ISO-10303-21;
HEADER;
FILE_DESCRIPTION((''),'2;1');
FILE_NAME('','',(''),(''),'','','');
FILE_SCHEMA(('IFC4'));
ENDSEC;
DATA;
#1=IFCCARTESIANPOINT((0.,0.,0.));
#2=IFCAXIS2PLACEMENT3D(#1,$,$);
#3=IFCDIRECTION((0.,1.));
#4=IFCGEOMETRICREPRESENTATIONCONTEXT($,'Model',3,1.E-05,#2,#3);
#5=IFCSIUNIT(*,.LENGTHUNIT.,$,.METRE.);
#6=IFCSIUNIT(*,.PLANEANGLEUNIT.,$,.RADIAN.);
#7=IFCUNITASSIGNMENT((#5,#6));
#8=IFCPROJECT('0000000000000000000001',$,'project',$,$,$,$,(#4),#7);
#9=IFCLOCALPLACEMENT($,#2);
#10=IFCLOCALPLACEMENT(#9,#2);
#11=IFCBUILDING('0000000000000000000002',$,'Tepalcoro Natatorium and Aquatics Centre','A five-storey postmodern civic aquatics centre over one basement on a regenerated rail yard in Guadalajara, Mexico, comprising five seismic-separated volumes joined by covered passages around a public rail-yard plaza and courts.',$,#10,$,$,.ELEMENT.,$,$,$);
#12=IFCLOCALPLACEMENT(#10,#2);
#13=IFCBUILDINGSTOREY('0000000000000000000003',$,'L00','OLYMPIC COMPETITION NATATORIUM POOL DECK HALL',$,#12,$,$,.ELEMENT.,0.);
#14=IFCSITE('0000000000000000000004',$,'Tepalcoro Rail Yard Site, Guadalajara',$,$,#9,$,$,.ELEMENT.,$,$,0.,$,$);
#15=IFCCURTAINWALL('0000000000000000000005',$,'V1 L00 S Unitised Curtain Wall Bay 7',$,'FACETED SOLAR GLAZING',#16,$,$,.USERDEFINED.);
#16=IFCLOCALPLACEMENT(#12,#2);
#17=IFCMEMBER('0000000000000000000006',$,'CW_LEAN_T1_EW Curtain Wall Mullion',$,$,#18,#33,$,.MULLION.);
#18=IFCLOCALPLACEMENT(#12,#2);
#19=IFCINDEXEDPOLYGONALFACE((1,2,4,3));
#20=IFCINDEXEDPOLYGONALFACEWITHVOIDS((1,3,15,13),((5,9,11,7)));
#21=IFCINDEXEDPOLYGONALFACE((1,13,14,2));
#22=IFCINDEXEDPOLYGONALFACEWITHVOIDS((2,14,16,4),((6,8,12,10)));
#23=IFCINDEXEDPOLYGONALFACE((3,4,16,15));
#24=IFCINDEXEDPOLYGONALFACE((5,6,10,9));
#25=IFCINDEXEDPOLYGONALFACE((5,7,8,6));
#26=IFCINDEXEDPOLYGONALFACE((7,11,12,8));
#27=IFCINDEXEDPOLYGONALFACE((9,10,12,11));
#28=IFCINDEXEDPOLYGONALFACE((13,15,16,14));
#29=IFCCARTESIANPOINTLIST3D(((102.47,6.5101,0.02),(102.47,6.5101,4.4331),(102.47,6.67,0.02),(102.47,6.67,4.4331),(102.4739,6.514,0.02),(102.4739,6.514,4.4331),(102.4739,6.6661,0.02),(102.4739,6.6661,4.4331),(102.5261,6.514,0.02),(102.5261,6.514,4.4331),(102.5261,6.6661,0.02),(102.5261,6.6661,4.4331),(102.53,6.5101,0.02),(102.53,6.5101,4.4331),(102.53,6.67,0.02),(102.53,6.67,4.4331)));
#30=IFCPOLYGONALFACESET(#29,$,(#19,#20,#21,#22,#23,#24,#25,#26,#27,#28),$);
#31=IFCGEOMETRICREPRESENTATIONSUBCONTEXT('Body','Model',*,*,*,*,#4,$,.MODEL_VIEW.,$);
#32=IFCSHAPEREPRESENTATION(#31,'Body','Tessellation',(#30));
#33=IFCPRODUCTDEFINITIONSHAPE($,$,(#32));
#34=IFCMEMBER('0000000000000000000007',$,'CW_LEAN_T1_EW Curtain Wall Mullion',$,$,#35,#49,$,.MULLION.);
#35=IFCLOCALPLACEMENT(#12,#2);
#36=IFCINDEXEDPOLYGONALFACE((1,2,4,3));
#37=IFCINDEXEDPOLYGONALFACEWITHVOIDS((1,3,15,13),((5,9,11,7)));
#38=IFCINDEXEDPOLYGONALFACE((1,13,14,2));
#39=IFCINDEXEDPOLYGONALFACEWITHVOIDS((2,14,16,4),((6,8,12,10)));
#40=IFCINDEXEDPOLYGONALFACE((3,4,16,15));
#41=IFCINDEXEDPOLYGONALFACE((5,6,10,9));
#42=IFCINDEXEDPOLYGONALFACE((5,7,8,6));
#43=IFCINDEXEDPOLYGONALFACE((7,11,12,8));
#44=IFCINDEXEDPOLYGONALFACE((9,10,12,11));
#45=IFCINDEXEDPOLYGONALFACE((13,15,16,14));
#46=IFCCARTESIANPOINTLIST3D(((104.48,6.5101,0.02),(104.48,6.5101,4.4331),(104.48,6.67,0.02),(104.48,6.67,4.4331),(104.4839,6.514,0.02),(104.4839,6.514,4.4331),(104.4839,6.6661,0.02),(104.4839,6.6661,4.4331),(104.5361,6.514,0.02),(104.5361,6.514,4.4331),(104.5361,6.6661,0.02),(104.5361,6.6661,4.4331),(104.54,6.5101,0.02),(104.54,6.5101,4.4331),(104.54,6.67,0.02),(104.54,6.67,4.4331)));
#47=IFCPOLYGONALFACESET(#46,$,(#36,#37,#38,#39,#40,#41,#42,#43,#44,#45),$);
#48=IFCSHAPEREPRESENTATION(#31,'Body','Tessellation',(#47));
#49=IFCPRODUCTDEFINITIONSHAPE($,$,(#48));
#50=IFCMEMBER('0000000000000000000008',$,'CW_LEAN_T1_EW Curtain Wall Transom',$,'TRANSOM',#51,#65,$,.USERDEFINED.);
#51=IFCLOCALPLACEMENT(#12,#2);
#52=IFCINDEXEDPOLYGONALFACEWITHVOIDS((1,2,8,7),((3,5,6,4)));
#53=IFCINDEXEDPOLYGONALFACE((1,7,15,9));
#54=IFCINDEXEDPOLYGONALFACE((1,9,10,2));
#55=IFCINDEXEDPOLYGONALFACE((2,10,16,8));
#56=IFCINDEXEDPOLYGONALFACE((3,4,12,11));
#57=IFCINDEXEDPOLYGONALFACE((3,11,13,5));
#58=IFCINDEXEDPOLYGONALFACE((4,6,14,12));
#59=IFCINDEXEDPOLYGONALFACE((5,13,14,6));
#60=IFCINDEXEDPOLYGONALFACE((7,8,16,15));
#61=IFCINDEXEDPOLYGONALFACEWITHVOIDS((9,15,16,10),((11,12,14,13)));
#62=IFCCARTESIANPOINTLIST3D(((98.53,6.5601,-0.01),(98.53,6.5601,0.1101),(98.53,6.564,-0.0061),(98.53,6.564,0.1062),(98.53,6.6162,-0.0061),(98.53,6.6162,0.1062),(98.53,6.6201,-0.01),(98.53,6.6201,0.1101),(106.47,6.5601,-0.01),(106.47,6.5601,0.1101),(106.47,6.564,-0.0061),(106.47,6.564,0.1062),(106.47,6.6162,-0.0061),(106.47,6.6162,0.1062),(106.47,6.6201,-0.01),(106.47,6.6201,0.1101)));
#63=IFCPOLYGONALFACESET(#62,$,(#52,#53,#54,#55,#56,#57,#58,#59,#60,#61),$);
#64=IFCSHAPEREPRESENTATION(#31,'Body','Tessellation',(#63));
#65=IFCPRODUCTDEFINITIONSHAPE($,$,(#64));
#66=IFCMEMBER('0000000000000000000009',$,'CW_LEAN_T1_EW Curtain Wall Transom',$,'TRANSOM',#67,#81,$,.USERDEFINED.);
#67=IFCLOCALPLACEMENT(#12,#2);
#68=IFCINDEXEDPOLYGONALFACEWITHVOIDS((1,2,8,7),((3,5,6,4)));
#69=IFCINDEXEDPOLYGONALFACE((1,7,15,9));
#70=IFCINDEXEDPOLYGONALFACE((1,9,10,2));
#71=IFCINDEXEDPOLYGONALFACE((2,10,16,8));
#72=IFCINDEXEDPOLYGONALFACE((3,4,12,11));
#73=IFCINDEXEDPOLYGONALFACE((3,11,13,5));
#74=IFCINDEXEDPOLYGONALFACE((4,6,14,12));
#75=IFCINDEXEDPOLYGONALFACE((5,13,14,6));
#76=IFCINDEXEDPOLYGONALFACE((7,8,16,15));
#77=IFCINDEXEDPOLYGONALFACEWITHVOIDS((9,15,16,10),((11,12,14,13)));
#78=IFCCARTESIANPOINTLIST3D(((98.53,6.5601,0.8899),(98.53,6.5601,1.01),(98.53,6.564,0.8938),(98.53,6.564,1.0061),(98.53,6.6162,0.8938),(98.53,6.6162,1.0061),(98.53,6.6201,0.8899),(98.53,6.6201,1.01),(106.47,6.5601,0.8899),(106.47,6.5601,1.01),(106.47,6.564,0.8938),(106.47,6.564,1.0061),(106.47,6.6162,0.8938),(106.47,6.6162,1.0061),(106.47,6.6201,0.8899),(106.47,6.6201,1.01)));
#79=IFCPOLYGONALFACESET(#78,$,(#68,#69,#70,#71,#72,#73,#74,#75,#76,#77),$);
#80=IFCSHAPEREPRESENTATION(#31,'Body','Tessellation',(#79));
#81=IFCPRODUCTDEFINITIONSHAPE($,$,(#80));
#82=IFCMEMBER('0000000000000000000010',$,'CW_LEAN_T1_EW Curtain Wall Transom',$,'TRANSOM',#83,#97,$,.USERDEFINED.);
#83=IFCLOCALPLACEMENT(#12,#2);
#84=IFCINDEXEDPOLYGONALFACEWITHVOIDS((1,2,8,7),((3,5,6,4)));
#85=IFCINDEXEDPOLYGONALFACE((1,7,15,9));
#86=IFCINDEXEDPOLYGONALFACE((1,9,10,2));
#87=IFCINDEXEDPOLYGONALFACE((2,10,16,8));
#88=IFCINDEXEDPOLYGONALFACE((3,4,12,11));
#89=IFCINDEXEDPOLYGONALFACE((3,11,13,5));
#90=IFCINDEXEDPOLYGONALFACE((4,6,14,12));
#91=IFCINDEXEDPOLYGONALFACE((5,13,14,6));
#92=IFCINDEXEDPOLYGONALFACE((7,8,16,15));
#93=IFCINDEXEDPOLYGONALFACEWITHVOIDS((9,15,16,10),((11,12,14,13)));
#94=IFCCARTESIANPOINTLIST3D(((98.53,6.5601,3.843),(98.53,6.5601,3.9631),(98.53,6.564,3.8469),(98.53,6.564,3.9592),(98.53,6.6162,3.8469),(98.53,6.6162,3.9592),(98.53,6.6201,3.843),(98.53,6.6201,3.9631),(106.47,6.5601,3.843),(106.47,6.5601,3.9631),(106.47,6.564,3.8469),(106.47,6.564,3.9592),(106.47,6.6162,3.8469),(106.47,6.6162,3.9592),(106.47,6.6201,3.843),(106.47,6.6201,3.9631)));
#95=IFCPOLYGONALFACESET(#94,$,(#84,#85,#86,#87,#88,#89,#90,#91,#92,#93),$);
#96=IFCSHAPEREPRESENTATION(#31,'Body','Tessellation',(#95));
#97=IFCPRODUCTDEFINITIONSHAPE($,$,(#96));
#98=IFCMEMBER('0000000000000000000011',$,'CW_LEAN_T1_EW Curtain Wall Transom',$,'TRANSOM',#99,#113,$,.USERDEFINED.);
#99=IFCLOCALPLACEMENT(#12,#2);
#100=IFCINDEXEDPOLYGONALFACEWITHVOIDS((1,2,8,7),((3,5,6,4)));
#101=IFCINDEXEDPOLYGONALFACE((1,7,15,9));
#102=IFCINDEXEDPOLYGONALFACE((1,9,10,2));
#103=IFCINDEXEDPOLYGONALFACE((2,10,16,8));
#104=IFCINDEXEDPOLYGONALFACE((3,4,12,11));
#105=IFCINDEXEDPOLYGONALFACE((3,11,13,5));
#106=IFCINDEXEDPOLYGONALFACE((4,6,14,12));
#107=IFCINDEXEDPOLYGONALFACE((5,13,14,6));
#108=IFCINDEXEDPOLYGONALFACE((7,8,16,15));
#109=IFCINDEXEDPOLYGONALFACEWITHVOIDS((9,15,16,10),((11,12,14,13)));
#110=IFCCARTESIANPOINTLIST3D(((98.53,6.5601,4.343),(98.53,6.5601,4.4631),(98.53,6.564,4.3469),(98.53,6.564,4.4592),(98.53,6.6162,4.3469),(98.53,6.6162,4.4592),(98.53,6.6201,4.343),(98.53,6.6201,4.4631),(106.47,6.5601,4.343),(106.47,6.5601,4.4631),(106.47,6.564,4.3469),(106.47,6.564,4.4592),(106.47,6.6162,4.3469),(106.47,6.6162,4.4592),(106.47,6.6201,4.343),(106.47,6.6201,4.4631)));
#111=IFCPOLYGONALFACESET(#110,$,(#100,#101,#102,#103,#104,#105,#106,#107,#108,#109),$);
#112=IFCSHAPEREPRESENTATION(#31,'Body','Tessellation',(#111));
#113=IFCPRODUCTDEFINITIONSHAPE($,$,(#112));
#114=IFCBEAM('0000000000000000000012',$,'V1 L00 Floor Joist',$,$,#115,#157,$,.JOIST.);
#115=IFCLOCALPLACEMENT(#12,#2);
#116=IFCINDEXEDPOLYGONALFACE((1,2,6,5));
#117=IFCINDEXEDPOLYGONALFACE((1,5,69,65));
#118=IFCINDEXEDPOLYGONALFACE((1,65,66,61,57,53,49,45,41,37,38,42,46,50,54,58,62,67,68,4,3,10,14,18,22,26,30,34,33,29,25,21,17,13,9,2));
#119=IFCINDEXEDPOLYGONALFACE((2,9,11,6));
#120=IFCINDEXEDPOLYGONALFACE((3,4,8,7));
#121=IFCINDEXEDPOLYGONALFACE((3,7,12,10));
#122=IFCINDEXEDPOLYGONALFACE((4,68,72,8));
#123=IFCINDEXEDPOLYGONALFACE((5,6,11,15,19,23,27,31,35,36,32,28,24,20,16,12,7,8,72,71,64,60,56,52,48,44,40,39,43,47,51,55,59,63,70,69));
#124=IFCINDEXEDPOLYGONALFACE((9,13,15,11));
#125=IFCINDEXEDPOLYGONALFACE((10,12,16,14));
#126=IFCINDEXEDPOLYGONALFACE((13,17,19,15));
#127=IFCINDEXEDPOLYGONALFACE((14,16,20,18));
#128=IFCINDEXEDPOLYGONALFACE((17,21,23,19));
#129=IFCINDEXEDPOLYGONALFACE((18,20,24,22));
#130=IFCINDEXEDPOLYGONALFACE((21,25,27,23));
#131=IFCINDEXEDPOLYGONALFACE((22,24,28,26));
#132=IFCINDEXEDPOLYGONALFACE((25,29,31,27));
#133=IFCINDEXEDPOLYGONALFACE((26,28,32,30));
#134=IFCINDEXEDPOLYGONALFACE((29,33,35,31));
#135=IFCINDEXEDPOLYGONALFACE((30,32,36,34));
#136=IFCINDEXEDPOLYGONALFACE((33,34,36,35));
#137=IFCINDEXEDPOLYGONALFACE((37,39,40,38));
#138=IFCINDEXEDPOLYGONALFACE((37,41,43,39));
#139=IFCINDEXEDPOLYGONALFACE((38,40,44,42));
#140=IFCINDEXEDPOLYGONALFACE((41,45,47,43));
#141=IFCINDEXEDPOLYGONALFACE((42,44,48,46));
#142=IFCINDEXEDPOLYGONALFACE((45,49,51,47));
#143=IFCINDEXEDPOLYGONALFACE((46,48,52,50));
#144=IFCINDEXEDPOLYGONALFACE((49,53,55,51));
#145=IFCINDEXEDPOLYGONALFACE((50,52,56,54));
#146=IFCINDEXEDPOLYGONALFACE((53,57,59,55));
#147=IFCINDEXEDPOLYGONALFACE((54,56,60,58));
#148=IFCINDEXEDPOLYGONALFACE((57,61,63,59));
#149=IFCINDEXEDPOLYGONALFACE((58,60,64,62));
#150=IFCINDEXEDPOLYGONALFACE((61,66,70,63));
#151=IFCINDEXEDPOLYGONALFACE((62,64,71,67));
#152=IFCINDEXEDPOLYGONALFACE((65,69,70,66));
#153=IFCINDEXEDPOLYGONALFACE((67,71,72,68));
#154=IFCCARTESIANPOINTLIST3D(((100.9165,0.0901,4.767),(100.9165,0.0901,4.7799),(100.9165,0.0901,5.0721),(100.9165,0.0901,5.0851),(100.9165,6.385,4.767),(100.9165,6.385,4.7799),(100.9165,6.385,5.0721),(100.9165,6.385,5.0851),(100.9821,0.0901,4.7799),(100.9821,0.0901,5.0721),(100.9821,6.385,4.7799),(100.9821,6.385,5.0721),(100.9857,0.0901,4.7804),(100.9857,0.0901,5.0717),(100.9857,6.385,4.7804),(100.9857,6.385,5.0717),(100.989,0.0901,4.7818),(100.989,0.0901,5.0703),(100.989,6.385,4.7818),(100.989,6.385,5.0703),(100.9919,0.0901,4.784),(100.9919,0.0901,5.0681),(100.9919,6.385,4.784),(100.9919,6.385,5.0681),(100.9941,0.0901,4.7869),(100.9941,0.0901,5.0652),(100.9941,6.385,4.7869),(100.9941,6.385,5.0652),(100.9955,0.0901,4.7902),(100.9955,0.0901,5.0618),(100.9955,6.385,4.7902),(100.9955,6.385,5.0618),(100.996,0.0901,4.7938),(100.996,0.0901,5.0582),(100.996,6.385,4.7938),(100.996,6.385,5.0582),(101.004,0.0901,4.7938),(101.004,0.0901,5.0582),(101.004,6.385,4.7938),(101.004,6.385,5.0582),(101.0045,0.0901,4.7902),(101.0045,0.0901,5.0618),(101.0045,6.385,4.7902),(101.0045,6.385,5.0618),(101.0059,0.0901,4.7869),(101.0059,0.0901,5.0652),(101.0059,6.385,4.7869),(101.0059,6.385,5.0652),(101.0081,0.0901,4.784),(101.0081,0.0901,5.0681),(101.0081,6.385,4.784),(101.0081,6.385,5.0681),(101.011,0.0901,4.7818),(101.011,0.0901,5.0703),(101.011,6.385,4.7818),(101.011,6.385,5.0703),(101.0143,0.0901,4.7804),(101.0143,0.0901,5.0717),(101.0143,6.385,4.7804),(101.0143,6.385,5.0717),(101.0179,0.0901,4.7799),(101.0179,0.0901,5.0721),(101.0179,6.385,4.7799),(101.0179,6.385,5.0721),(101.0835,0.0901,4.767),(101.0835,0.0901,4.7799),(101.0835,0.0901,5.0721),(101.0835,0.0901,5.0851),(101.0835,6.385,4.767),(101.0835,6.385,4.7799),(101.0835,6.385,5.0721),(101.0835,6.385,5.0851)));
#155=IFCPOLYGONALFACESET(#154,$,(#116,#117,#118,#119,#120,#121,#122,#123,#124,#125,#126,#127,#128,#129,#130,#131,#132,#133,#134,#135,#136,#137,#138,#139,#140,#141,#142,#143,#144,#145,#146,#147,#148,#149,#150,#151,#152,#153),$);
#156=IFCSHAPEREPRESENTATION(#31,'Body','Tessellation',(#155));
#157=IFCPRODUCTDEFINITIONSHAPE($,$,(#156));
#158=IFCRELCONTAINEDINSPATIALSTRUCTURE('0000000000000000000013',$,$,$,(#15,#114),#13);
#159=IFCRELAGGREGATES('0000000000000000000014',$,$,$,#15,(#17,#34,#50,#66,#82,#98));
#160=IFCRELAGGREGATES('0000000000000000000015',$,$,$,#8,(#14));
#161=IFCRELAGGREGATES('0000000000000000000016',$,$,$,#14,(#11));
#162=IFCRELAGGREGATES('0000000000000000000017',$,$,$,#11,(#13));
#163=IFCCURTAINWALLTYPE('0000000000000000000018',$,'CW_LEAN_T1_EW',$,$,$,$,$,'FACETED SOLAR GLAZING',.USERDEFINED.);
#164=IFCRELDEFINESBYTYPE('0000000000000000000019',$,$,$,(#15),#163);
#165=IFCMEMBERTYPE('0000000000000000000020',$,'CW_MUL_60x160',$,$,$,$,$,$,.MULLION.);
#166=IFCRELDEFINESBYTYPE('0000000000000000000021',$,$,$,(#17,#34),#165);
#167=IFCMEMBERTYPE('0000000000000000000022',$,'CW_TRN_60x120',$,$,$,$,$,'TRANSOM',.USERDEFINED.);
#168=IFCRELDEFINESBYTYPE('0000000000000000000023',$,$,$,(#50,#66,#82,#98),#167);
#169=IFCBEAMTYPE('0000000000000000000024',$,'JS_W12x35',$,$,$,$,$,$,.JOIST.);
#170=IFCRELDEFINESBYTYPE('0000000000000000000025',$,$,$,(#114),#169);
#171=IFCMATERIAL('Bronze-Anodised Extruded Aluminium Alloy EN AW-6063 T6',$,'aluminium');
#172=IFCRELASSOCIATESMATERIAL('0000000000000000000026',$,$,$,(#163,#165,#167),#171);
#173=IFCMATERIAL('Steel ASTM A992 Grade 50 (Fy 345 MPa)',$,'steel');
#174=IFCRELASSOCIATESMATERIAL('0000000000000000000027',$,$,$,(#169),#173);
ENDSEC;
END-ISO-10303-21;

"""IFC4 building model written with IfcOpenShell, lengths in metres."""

from ifc_helpers import new_model, si_unit, direction, frame, origin, origin_2d, place, context, subcontext, project, spatial, hollow_rectangle, i_section, extrude, material, material_profile, profile_set, type_object, element, aggregate, save


model = new_model("IFC4")

# Units and contexts
model_context = context("Model", 3, precision=1e-05, world=origin(), true_north=direction((0.0, 1.0)))
body_context = subcontext(model_context, "Body", "Model", "MODEL_VIEW")
ifc_project = project(units=[si_unit("LENGTHUNIT", "METRE"), si_unit("PLANEANGLEUNIT", "RADIAN")], contexts=[model_context])

# Site, building, storey
site_placement = place(None, origin())
site = spatial("IfcSite", under=ifc_project, at=site_placement, Name="Tepalcoro Rail Yard Site, Guadalajara", CompositionType="ELEMENT", RefElevation=0.0)
building_placement = place(site_placement, origin())
building = spatial("IfcBuilding", under=site, at=building_placement, Name="Tepalcoro Natatorium and Aquatics Centre", Description="A five-storey postmodern civic aquatics centre over one basement on a regenerated rail yard in Guadalajara, Mexico, comprising five seismic-separated volumes joined by covered passages around a public rail-yard plaza and courts.", CompositionType="ELEMENT")
storey_placement = place(building_placement, origin())
storey = spatial("IfcBuildingStorey", under=building, at=storey_placement, Name="L00", Description="OLYMPIC COMPETITION NATATORIUM POOL DECK HALL", CompositionType="ELEMENT", Elevation=0.0)

# Shared definitions
ifc_material_1 = material(Name="Steel ASTM A992 Grade 50 (Fy 345 MPa)", Category="steel")

# Curtain wall, members
ifc_material_2 = material(Name="Bronze-Anodised Extruded Aluminium Alloy EN AW-6063 T6", Category="aluminium")
curtain_wall_type = type_object("IfcCurtainWallType", Name="CW_LEAN_T1_EW", ElementType="FACETED SOLAR GLAZING", PredefinedType="USERDEFINED", material=ifc_material_2)
curtain_wall_placement = place(storey_placement, origin())
curtain_wall = element("IfcCurtainWall", 1, at=curtain_wall_placement, inside=storey, type_object=curtain_wall_type, Name="V1 L00 S Unitised Curtain Wall Bay 7", ObjectType="FACETED SOLAR GLAZING", PredefinedType="USERDEFINED")
ifc_material_profile_1 = material_profile(ifc_material_2, hollow_rectangle(XDim=0.0601, YDim=0.1599, WallThickness=0.0039, at=origin_2d()), Name="AL60X160X4")
ifc_profile_set_1 = profile_set([ifc_material_profile_1], Name="Bronze-Anodised Extruded Aluminium Alloy EN AW-6063 T6")
member_type_1 = type_object("IfcMemberType", Name="CW_MUL_60x160", PredefinedType="MULLION", material=ifc_profile_set_1)
member_1_placement = place(storey_placement, frame((102.5, 6.5901, 0.02), z_axis=(0.0, 0.0, 1.0), x_axis=(1.0, 0.0, 0.0)))
member_1 = element("IfcMember", 2, at=member_1_placement, type_object=member_type_1, Name="CW_LEAN_T1_EW Curtain Wall Mullion", PredefinedType="MULLION", context=body_context, shape_type="SweptSolid", body=[
    extrude(hollow_rectangle(XDim=0.0601, YDim=0.1599, WallThickness=0.0039, at=origin_2d()), origin(), (0.0, 0.0, 1.0), 4.4131),
])
member_2_placement = place(storey_placement, frame((104.51, 6.5901, 0.02), z_axis=(0.0, 0.0, 1.0), x_axis=(1.0, 0.0, 0.0)))
member_2 = element("IfcMember", 3, at=member_2_placement, type_object=member_type_1, Name="CW_LEAN_T1_EW Curtain Wall Mullion", PredefinedType="MULLION", context=body_context, shape_type="SweptSolid", body=[
    extrude(hollow_rectangle(XDim=0.0601, YDim=0.1599, WallThickness=0.0039, at=origin_2d()), origin(), (0.0, 0.0, 1.0), 4.4131),
])
ifc_material_profile_2 = material_profile(ifc_material_2, hollow_rectangle(XDim=0.0601, YDim=0.1201, WallThickness=0.0039, at=origin_2d()), Name="AL60X120X4")
ifc_profile_set_2 = profile_set([ifc_material_profile_2], Name="Bronze-Anodised Extruded Aluminium Alloy EN AW-6063 T6")
member_type_2 = type_object("IfcMemberType", Name="CW_TRN_60x120", ElementType="TRANSOM", PredefinedType="USERDEFINED", material=ifc_profile_set_2)
member_3_placement = place(storey_placement, frame((98.53, 6.5901, 0.05), z_axis=(1.0, 0.0, 0.0), x_axis=(0.0, 1.0, 0.0)))
member_3 = element("IfcMember", 4, at=member_3_placement, type_object=member_type_2, Name="CW_LEAN_T1_EW Curtain Wall Transom", ObjectType="TRANSOM", PredefinedType="USERDEFINED", context=body_context, shape_type="SweptSolid", body=[
    extrude(hollow_rectangle(XDim=0.0601, YDim=0.1201, WallThickness=0.0039, at=origin_2d()), origin(), (0.0, 0.0, 1.0), 7.9399),
])
member_4_placement = place(storey_placement, frame((98.53, 6.5901, 0.95), z_axis=(1.0, 0.0, 0.0), x_axis=(0.0, 1.0, 0.0)))
member_4 = element("IfcMember", 5, at=member_4_placement, type_object=member_type_2, Name="CW_LEAN_T1_EW Curtain Wall Transom", ObjectType="TRANSOM", PredefinedType="USERDEFINED", context=body_context, shape_type="SweptSolid", body=[
    extrude(hollow_rectangle(XDim=0.0601, YDim=0.1201, WallThickness=0.0039, at=origin_2d()), origin(), (0.0, 0.0, 1.0), 7.9399),
])
member_5_placement = place(storey_placement, frame((98.53, 6.5901, 3.9031), z_axis=(1.0, 0.0, 0.0), x_axis=(0.0, 1.0, 0.0)))
member_5 = element("IfcMember", 6, at=member_5_placement, type_object=member_type_2, Name="CW_LEAN_T1_EW Curtain Wall Transom", ObjectType="TRANSOM", PredefinedType="USERDEFINED", context=body_context, shape_type="SweptSolid", body=[
    extrude(hollow_rectangle(XDim=0.0601, YDim=0.1201, WallThickness=0.0039, at=origin_2d()), origin(), (0.0, 0.0, 1.0), 7.9399),
])
member_6_placement = place(storey_placement, frame((98.53, 6.5901, 4.4031), z_axis=(1.0, 0.0, 0.0), x_axis=(0.0, 1.0, 0.0)))
member_6 = element("IfcMember", 7, at=member_6_placement, type_object=member_type_2, Name="CW_LEAN_T1_EW Curtain Wall Transom", ObjectType="TRANSOM", PredefinedType="USERDEFINED", context=body_context, shape_type="SweptSolid", body=[
    extrude(hollow_rectangle(XDim=0.0601, YDim=0.1201, WallThickness=0.0039, at=origin_2d()), origin(), (0.0, 0.0, 1.0), 7.9399),
])

# Beam
ifc_material_profile_3 = material_profile(ifc_material_1, i_section(OverallWidth=0.167, OverallDepth=0.3181, WebThickness=0.0081, FlangeThickness=0.0129, FilletRadius=0.0139, at=origin_2d()), Name="W12X35")
ifc_profile_set_3 = profile_set([ifc_material_profile_3], Name="Steel ASTM A992 Grade 50 (Fy 345 MPa)")
beam_type_1 = type_object("IfcBeamType", Name="JS_W12x35", PredefinedType="JOIST", material=ifc_profile_set_3)
beam_1_placement = place(storey_placement, frame((101.0, 0.0901, 4.926), z_axis=(0.0, 1.0, 0.0), x_axis=(-1.0, 0.0, 0.0)))
element("IfcBeam", 8, at=beam_1_placement, inside=storey, type_object=beam_type_1, Name="V1 L00 Floor Joist", PredefinedType="JOIST", context=body_context, shape_type="SweptSolid", body=[
    extrude(i_section(OverallWidth=0.167, OverallDepth=0.3181, WebThickness=0.0081, FlangeThickness=0.0129, FilletRadius=0.0139, at=origin_2d()), origin(), (0.0, 0.0, 1.0), 6.2949),
])

aggregate(curtain_wall, [member_1, member_2, member_3, member_4, member_5, member_6])

save(model, "model.ifc")
